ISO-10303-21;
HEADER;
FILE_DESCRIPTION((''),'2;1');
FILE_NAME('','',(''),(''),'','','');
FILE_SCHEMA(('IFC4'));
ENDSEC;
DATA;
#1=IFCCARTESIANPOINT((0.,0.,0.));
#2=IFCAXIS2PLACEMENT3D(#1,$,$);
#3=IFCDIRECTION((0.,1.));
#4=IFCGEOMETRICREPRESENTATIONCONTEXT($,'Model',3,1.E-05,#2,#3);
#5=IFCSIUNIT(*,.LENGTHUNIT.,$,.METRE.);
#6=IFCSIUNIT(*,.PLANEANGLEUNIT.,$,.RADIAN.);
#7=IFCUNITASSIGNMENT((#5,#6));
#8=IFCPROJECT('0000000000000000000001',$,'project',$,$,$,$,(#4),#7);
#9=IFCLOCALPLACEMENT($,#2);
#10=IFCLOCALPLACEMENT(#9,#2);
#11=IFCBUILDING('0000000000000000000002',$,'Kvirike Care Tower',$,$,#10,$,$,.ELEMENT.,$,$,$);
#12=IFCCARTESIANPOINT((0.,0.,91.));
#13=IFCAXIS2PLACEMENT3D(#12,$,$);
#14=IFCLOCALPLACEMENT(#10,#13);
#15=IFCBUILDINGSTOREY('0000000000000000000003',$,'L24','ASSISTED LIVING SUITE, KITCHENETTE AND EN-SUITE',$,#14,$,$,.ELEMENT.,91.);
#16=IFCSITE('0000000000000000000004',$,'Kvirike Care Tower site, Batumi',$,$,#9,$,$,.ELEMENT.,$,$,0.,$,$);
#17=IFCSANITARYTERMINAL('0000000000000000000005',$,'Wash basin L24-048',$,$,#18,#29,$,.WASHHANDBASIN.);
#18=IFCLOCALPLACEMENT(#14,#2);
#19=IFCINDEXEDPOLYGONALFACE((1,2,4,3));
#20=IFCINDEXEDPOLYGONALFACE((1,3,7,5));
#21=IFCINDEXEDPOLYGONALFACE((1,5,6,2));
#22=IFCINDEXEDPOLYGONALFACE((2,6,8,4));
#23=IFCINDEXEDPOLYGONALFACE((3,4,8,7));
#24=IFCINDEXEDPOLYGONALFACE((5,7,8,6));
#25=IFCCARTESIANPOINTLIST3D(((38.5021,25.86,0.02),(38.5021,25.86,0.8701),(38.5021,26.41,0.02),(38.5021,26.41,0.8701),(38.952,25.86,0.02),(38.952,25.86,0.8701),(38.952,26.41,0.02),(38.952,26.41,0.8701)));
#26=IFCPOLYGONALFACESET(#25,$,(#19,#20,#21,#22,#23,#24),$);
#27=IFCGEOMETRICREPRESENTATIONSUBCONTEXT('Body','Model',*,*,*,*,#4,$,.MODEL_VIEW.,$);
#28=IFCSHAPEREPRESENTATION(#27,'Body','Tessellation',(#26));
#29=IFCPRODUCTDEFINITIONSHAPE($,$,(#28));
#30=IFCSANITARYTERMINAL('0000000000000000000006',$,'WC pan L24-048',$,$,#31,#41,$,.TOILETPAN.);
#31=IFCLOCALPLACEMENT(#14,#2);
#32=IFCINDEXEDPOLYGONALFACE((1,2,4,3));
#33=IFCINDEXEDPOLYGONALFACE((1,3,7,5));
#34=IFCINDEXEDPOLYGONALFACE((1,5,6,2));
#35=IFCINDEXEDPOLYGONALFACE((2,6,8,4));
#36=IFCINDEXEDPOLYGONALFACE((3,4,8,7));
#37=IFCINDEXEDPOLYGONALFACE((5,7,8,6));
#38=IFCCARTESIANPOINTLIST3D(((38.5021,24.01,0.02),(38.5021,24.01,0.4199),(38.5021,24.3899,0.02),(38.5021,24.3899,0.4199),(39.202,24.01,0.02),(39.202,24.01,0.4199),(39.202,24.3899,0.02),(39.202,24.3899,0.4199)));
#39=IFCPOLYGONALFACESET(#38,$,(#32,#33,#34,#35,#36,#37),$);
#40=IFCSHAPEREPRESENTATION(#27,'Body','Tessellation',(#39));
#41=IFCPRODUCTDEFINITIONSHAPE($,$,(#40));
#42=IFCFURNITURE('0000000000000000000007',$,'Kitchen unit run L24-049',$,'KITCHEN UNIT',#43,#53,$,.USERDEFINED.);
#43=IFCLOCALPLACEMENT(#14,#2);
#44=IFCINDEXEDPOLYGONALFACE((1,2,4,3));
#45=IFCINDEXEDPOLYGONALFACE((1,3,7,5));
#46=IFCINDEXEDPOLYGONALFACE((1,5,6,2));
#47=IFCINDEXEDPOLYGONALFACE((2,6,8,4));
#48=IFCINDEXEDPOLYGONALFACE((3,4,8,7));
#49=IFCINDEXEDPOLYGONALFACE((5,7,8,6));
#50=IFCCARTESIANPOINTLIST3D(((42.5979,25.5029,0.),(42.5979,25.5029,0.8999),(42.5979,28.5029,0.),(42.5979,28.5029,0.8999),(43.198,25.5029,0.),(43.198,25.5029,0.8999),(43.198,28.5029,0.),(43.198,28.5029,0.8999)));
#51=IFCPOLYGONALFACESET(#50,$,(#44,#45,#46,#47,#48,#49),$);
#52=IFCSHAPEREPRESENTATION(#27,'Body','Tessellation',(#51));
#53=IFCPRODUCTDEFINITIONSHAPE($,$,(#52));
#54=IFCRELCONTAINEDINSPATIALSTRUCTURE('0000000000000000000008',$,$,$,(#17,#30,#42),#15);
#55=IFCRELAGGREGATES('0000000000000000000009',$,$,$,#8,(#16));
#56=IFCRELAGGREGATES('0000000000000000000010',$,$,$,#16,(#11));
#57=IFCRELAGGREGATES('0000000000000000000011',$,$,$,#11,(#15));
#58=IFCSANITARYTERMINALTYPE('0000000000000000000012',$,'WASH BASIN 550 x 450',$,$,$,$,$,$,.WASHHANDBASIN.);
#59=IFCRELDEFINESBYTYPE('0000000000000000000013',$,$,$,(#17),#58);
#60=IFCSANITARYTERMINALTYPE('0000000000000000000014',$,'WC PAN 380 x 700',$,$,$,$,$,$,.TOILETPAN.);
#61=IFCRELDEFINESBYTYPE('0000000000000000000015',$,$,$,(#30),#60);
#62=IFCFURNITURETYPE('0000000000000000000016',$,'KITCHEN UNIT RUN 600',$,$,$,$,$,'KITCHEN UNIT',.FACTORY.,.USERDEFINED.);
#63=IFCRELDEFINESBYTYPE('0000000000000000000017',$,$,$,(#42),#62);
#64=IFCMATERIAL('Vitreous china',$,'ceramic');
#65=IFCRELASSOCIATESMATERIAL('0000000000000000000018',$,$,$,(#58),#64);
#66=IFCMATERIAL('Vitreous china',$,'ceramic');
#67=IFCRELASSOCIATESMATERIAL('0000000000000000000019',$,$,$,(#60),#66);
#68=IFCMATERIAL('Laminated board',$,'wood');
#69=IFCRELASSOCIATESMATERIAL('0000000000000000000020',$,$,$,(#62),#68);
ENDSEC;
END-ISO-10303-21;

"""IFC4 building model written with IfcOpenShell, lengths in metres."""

from ifc_helpers import new_model, si_unit, direction, frame, origin, origin_2d, place, context, subcontext, project, spatial, rectangle, extrude, material, type_object, element, save


model = new_model("IFC4")

# Units and contexts
model_context = context("Model", 3, precision=1e-05, world=origin(), true_north=direction((0.0, 1.0)))
body_context = subcontext(model_context, "Body", "Model", "MODEL_VIEW")
ifc_project = project(units=[si_unit("LENGTHUNIT", "METRE"), si_unit("PLANEANGLEUNIT", "RADIAN")], contexts=[model_context])

# Site, building, storey
site_placement = place(None, origin())
site = spatial("IfcSite", under=ifc_project, at=site_placement, Name="Kvirike Care Tower site, Batumi", CompositionType="ELEMENT", RefElevation=0.0)
building_placement = place(site_placement, origin())
building = spatial("IfcBuilding", under=site, at=building_placement, Name="Kvirike Care Tower", CompositionType="ELEMENT")
storey_placement = place(building_placement, frame((0.0, 0.0, 91.0)))
storey = spatial("IfcBuildingStorey", under=building, at=storey_placement, Name="L24", Description="ASSISTED LIVING SUITE, KITCHENETTE AND EN-SUITE", CompositionType="ELEMENT", Elevation=91.0)

# Sanitary terminals
ifc_material_1 = material(Name="Vitreous china", Category="ceramic")
sanitary_terminal_type_1 = type_object("IfcSanitaryTerminalType", Name="WASH BASIN 550 x 450", PredefinedType="WASHHANDBASIN", material=ifc_material_1)
sanitary_terminal_1_placement = place(storey_placement, frame((38.7271, 26.135, 0.02), z_axis=(0.0, 0.0, 1.0), x_axis=(0.0, 1.0, 0.0)))
element("IfcSanitaryTerminal", 1, at=sanitary_terminal_1_placement, inside=storey, type_object=sanitary_terminal_type_1, Name="Wash basin L24-048", PredefinedType="WASHHANDBASIN", context=body_context, shape_type="SweptSolid", body=[
    extrude(rectangle(XDim=0.55, YDim=0.45, at=origin_2d()), origin(), (0.0, 0.0, 1.0), 0.8501),
])
ifc_material_2 = material(Name="Vitreous china", Category="ceramic")
sanitary_terminal_type_2 = type_object("IfcSanitaryTerminalType", Name="WC PAN 380 x 700", PredefinedType="TOILETPAN", material=ifc_material_2)
sanitary_terminal_2_placement = place(storey_placement, frame((38.8521, 24.2, 0.02), z_axis=(0.0, 0.0, 1.0), x_axis=(0.0, 1.0, 0.0)))
element("IfcSanitaryTerminal", 2, at=sanitary_terminal_2_placement, inside=storey, type_object=sanitary_terminal_type_2, Name="WC pan L24-048", PredefinedType="TOILETPAN", context=body_context, shape_type="SweptSolid", body=[
    extrude(rectangle(XDim=0.3799, YDim=0.7, at=origin_2d()), origin(), (0.0, 0.0, 1.0), 0.3999),
])

# Furniture
ifc_material_3 = material(Name="Laminated board", Category="wood")
furniture_type = type_object("IfcFurnitureType", Name="KITCHEN UNIT RUN 600", ElementType="KITCHEN UNIT", AssemblyPlace="FACTORY", PredefinedType="USERDEFINED", material=ifc_material_3)
furniture_placement = place(storey_placement, frame((42.8979, 27.0029, 0.0), z_axis=(0.0, 0.0, 1.0), x_axis=(0.0, -1.0, 0.0)))
element("IfcFurniture", 3, at=furniture_placement, inside=storey, type_object=furniture_type, Name="Kitchen unit run L24-049", ObjectType="KITCHEN UNIT", PredefinedType="USERDEFINED", context=body_context, shape_type="SweptSolid", body=[
    extrude(rectangle(XDim=3.0, YDim=0.6001, at=origin_2d()), origin(), (0.0, 0.0, 1.0), 0.8999),
])

save(model, "model.ifc")
